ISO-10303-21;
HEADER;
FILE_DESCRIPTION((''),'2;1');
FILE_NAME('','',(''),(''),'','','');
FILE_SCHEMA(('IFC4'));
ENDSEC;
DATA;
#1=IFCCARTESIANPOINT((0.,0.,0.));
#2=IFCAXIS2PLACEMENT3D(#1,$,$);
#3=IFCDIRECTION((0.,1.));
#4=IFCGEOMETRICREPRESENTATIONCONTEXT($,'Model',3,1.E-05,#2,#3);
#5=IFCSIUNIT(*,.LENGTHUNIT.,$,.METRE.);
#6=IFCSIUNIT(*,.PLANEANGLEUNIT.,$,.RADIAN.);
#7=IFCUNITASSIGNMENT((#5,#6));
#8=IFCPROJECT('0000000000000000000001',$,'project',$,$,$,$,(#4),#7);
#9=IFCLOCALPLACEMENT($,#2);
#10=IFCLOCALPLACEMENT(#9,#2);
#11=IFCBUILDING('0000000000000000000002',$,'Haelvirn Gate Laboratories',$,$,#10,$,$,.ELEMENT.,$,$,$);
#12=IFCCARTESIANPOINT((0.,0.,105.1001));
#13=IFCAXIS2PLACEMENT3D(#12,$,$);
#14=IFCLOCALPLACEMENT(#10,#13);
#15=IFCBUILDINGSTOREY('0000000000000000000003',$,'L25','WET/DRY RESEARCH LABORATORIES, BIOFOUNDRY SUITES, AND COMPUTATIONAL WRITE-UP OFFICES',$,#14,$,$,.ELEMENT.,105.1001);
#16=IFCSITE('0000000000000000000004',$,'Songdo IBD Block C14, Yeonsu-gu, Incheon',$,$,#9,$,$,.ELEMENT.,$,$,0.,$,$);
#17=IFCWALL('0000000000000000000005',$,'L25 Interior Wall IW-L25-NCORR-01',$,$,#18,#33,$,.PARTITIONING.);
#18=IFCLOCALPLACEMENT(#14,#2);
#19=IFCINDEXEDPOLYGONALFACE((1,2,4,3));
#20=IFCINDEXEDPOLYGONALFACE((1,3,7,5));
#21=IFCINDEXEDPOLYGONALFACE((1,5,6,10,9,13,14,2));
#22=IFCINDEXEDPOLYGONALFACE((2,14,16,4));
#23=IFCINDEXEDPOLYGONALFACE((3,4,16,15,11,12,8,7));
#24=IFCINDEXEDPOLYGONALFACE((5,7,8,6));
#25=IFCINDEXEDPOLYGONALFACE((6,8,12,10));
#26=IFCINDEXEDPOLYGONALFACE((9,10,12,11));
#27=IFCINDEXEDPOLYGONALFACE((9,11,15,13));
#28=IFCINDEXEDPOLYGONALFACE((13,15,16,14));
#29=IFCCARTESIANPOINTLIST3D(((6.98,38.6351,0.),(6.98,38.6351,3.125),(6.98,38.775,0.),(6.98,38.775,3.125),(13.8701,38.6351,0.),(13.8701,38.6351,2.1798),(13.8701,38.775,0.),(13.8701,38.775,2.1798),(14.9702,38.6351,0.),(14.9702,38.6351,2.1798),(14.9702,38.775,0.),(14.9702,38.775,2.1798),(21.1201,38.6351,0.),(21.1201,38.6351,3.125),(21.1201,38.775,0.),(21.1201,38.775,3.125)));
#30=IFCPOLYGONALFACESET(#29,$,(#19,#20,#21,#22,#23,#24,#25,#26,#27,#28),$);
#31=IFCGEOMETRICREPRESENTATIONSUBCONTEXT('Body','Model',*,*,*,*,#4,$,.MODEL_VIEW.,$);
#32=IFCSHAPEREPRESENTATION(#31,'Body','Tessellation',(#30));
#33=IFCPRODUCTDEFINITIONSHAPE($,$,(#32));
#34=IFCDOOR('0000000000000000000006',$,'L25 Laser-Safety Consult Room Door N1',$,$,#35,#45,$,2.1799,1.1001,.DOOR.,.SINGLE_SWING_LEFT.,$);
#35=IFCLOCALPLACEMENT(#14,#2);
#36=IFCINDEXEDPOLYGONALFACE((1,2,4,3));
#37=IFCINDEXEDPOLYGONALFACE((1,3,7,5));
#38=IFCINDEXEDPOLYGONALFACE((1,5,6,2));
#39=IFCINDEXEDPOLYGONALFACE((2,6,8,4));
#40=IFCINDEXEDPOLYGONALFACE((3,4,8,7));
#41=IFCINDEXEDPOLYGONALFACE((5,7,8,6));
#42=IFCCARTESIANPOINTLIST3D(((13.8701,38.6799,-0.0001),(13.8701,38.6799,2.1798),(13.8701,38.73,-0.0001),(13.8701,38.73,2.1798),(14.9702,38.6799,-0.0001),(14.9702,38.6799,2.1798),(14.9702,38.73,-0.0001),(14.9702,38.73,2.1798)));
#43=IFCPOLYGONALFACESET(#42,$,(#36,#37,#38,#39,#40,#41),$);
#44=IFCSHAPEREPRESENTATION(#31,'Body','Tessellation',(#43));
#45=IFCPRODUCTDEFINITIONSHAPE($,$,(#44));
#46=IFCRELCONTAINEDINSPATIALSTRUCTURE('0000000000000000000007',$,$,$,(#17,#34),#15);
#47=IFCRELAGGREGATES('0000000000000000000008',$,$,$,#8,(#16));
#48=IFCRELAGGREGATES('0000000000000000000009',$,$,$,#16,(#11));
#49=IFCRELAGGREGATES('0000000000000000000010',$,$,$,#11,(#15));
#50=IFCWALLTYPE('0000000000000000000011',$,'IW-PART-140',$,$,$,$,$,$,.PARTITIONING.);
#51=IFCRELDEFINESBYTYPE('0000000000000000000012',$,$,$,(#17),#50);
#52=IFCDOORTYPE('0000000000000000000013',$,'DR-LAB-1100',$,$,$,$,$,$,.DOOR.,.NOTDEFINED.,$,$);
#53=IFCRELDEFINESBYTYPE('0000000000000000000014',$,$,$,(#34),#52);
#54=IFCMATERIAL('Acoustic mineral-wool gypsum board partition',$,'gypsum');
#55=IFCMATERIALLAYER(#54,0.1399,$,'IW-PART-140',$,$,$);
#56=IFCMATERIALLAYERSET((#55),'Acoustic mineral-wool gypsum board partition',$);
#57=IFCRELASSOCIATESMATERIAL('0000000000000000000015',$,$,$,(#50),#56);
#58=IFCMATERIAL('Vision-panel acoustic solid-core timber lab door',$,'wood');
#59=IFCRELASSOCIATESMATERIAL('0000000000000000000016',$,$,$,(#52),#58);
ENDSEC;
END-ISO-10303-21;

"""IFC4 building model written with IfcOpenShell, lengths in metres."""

from ifc_helpers import new_model, si_unit, direction, frame, frame_2d, origin, place, context, subcontext, project, spatial, rectangle, extrude, source, transform, mapped, material, layer, layer_set, type_object, type_shapes, element, fill, save


model = new_model("IFC4")

# Units and contexts
model_context = context("Model", 3, precision=1e-05, world=origin(), true_north=direction((0.0, 1.0)))
body_context = subcontext(model_context, "Body", "Model", "MODEL_VIEW")
ifc_project = project(units=[si_unit("LENGTHUNIT", "METRE"), si_unit("PLANEANGLEUNIT", "RADIAN")], contexts=[model_context])

# Site, building, storey
site_placement = place(None, origin())
site = spatial("IfcSite", under=ifc_project, at=site_placement, Name="Songdo IBD Block C14, Yeonsu-gu, Incheon", CompositionType="ELEMENT", RefElevation=0.0)
building_placement = place(site_placement, origin())
building = spatial("IfcBuilding", under=site, at=building_placement, Name="Haelvirn Gate Laboratories", CompositionType="ELEMENT")
storey_placement = place(building_placement, frame((0.0, 0.0, 105.1001)))
storey = spatial("IfcBuildingStorey", under=building, at=storey_placement, Name="L25", Description="WET/DRY RESEARCH LABORATORIES, BIOFOUNDRY SUITES, AND COMPUTATIONAL WRITE-UP OFFICES", CompositionType="ELEMENT", Elevation=105.1001)

# Wall, opening, door
ifc_material_1 = material(Name="Acoustic mineral-wool gypsum board partition", Category="gypsum")
ifc_layer_1 = layer(ifc_material_1, 0.1399, Name="IW-PART-140")
ifc_layer_set_1 = layer_set([ifc_layer_1], Name="Acoustic mineral-wool gypsum board partition")
wall_type_1 = type_object("IfcWallType", Name="IW-PART-140", PredefinedType="PARTITIONING", material=ifc_layer_set_1)
wall_1_placement = place(storey_placement, frame((6.98, 38.7051, 0.0), z_axis=(0.0, 0.0, 1.0), x_axis=(1.0, 0.0, 0.0)))
wall_1 = element("IfcWall", 1, at=wall_1_placement, inside=storey, type_object=wall_type_1, Name="L25 Interior Wall IW-L25-NCORR-01", PredefinedType="PARTITIONING", context=body_context, shape_type="SweptSolid", body=[
    extrude(rectangle(XDim=14.1401, YDim=0.1399, at=frame_2d((7.0701, 0.0))), origin(), (0.0, 0.0, 1.0), 3.125),
])
opening_1_placement = place(wall_1_placement, frame((6.8901, 0.0, 0.0)))
opening_1 = element("IfcOpeningElement", 2, at=opening_1_placement, cuts=wall_1, PredefinedType="OPENING", context=body_context, shape_type="SweptSolid", body=[
    extrude(rectangle(XDim=1.1001, YDim=2.1799, at=frame_2d((0.55, 1.0898))), frame((0.0, 0.0801, 0.0), z_axis=(0.0, -1.0, 0.0), x_axis=(1.0, 0.0, 0.0)), (0.0, 0.0, 1.0), 0.1599),
])
ifc_material_2 = material(Name="Vision-panel acoustic solid-core timber lab door", Category="wood")
door_type_1 = type_object("IfcDoorType", Name="DR-LAB-1100", OperationType="NOTDEFINED", PredefinedType="DOOR", material=ifc_material_2)
shared_shape_1 = source(origin(), body_context, "Body", "SweptSolid", [
    extrude(rectangle(XDim=1.1001, YDim=2.1799, at=frame_2d((0.55, 1.0898))), frame((0.0, 0.0249, 0.0), z_axis=(0.0, -1.0, 0.0), x_axis=(1.0, 0.0, 0.0)), (0.0, 0.0, 1.0), 0.05),
])
type_shapes(door_type_1, [shared_shape_1])
door_1_placement = place(opening_1_placement, origin())
door_1 = element("IfcDoor", 3, at=door_1_placement, inside=storey, type_object=door_type_1, Name="L25 Laser-Safety Consult Room Door N1", OperationType="SINGLE_SWING_LEFT", OverallHeight=2.1799, OverallWidth=1.1001, PredefinedType="DOOR", context=body_context, shape_type="MappedRepresentation", body=[
    mapped(shared_shape_1, transform((0.0, 0.0, 0.0), scale=1.0)),
])
fill(opening_1, door_1)

save(model, "model.ifc")
